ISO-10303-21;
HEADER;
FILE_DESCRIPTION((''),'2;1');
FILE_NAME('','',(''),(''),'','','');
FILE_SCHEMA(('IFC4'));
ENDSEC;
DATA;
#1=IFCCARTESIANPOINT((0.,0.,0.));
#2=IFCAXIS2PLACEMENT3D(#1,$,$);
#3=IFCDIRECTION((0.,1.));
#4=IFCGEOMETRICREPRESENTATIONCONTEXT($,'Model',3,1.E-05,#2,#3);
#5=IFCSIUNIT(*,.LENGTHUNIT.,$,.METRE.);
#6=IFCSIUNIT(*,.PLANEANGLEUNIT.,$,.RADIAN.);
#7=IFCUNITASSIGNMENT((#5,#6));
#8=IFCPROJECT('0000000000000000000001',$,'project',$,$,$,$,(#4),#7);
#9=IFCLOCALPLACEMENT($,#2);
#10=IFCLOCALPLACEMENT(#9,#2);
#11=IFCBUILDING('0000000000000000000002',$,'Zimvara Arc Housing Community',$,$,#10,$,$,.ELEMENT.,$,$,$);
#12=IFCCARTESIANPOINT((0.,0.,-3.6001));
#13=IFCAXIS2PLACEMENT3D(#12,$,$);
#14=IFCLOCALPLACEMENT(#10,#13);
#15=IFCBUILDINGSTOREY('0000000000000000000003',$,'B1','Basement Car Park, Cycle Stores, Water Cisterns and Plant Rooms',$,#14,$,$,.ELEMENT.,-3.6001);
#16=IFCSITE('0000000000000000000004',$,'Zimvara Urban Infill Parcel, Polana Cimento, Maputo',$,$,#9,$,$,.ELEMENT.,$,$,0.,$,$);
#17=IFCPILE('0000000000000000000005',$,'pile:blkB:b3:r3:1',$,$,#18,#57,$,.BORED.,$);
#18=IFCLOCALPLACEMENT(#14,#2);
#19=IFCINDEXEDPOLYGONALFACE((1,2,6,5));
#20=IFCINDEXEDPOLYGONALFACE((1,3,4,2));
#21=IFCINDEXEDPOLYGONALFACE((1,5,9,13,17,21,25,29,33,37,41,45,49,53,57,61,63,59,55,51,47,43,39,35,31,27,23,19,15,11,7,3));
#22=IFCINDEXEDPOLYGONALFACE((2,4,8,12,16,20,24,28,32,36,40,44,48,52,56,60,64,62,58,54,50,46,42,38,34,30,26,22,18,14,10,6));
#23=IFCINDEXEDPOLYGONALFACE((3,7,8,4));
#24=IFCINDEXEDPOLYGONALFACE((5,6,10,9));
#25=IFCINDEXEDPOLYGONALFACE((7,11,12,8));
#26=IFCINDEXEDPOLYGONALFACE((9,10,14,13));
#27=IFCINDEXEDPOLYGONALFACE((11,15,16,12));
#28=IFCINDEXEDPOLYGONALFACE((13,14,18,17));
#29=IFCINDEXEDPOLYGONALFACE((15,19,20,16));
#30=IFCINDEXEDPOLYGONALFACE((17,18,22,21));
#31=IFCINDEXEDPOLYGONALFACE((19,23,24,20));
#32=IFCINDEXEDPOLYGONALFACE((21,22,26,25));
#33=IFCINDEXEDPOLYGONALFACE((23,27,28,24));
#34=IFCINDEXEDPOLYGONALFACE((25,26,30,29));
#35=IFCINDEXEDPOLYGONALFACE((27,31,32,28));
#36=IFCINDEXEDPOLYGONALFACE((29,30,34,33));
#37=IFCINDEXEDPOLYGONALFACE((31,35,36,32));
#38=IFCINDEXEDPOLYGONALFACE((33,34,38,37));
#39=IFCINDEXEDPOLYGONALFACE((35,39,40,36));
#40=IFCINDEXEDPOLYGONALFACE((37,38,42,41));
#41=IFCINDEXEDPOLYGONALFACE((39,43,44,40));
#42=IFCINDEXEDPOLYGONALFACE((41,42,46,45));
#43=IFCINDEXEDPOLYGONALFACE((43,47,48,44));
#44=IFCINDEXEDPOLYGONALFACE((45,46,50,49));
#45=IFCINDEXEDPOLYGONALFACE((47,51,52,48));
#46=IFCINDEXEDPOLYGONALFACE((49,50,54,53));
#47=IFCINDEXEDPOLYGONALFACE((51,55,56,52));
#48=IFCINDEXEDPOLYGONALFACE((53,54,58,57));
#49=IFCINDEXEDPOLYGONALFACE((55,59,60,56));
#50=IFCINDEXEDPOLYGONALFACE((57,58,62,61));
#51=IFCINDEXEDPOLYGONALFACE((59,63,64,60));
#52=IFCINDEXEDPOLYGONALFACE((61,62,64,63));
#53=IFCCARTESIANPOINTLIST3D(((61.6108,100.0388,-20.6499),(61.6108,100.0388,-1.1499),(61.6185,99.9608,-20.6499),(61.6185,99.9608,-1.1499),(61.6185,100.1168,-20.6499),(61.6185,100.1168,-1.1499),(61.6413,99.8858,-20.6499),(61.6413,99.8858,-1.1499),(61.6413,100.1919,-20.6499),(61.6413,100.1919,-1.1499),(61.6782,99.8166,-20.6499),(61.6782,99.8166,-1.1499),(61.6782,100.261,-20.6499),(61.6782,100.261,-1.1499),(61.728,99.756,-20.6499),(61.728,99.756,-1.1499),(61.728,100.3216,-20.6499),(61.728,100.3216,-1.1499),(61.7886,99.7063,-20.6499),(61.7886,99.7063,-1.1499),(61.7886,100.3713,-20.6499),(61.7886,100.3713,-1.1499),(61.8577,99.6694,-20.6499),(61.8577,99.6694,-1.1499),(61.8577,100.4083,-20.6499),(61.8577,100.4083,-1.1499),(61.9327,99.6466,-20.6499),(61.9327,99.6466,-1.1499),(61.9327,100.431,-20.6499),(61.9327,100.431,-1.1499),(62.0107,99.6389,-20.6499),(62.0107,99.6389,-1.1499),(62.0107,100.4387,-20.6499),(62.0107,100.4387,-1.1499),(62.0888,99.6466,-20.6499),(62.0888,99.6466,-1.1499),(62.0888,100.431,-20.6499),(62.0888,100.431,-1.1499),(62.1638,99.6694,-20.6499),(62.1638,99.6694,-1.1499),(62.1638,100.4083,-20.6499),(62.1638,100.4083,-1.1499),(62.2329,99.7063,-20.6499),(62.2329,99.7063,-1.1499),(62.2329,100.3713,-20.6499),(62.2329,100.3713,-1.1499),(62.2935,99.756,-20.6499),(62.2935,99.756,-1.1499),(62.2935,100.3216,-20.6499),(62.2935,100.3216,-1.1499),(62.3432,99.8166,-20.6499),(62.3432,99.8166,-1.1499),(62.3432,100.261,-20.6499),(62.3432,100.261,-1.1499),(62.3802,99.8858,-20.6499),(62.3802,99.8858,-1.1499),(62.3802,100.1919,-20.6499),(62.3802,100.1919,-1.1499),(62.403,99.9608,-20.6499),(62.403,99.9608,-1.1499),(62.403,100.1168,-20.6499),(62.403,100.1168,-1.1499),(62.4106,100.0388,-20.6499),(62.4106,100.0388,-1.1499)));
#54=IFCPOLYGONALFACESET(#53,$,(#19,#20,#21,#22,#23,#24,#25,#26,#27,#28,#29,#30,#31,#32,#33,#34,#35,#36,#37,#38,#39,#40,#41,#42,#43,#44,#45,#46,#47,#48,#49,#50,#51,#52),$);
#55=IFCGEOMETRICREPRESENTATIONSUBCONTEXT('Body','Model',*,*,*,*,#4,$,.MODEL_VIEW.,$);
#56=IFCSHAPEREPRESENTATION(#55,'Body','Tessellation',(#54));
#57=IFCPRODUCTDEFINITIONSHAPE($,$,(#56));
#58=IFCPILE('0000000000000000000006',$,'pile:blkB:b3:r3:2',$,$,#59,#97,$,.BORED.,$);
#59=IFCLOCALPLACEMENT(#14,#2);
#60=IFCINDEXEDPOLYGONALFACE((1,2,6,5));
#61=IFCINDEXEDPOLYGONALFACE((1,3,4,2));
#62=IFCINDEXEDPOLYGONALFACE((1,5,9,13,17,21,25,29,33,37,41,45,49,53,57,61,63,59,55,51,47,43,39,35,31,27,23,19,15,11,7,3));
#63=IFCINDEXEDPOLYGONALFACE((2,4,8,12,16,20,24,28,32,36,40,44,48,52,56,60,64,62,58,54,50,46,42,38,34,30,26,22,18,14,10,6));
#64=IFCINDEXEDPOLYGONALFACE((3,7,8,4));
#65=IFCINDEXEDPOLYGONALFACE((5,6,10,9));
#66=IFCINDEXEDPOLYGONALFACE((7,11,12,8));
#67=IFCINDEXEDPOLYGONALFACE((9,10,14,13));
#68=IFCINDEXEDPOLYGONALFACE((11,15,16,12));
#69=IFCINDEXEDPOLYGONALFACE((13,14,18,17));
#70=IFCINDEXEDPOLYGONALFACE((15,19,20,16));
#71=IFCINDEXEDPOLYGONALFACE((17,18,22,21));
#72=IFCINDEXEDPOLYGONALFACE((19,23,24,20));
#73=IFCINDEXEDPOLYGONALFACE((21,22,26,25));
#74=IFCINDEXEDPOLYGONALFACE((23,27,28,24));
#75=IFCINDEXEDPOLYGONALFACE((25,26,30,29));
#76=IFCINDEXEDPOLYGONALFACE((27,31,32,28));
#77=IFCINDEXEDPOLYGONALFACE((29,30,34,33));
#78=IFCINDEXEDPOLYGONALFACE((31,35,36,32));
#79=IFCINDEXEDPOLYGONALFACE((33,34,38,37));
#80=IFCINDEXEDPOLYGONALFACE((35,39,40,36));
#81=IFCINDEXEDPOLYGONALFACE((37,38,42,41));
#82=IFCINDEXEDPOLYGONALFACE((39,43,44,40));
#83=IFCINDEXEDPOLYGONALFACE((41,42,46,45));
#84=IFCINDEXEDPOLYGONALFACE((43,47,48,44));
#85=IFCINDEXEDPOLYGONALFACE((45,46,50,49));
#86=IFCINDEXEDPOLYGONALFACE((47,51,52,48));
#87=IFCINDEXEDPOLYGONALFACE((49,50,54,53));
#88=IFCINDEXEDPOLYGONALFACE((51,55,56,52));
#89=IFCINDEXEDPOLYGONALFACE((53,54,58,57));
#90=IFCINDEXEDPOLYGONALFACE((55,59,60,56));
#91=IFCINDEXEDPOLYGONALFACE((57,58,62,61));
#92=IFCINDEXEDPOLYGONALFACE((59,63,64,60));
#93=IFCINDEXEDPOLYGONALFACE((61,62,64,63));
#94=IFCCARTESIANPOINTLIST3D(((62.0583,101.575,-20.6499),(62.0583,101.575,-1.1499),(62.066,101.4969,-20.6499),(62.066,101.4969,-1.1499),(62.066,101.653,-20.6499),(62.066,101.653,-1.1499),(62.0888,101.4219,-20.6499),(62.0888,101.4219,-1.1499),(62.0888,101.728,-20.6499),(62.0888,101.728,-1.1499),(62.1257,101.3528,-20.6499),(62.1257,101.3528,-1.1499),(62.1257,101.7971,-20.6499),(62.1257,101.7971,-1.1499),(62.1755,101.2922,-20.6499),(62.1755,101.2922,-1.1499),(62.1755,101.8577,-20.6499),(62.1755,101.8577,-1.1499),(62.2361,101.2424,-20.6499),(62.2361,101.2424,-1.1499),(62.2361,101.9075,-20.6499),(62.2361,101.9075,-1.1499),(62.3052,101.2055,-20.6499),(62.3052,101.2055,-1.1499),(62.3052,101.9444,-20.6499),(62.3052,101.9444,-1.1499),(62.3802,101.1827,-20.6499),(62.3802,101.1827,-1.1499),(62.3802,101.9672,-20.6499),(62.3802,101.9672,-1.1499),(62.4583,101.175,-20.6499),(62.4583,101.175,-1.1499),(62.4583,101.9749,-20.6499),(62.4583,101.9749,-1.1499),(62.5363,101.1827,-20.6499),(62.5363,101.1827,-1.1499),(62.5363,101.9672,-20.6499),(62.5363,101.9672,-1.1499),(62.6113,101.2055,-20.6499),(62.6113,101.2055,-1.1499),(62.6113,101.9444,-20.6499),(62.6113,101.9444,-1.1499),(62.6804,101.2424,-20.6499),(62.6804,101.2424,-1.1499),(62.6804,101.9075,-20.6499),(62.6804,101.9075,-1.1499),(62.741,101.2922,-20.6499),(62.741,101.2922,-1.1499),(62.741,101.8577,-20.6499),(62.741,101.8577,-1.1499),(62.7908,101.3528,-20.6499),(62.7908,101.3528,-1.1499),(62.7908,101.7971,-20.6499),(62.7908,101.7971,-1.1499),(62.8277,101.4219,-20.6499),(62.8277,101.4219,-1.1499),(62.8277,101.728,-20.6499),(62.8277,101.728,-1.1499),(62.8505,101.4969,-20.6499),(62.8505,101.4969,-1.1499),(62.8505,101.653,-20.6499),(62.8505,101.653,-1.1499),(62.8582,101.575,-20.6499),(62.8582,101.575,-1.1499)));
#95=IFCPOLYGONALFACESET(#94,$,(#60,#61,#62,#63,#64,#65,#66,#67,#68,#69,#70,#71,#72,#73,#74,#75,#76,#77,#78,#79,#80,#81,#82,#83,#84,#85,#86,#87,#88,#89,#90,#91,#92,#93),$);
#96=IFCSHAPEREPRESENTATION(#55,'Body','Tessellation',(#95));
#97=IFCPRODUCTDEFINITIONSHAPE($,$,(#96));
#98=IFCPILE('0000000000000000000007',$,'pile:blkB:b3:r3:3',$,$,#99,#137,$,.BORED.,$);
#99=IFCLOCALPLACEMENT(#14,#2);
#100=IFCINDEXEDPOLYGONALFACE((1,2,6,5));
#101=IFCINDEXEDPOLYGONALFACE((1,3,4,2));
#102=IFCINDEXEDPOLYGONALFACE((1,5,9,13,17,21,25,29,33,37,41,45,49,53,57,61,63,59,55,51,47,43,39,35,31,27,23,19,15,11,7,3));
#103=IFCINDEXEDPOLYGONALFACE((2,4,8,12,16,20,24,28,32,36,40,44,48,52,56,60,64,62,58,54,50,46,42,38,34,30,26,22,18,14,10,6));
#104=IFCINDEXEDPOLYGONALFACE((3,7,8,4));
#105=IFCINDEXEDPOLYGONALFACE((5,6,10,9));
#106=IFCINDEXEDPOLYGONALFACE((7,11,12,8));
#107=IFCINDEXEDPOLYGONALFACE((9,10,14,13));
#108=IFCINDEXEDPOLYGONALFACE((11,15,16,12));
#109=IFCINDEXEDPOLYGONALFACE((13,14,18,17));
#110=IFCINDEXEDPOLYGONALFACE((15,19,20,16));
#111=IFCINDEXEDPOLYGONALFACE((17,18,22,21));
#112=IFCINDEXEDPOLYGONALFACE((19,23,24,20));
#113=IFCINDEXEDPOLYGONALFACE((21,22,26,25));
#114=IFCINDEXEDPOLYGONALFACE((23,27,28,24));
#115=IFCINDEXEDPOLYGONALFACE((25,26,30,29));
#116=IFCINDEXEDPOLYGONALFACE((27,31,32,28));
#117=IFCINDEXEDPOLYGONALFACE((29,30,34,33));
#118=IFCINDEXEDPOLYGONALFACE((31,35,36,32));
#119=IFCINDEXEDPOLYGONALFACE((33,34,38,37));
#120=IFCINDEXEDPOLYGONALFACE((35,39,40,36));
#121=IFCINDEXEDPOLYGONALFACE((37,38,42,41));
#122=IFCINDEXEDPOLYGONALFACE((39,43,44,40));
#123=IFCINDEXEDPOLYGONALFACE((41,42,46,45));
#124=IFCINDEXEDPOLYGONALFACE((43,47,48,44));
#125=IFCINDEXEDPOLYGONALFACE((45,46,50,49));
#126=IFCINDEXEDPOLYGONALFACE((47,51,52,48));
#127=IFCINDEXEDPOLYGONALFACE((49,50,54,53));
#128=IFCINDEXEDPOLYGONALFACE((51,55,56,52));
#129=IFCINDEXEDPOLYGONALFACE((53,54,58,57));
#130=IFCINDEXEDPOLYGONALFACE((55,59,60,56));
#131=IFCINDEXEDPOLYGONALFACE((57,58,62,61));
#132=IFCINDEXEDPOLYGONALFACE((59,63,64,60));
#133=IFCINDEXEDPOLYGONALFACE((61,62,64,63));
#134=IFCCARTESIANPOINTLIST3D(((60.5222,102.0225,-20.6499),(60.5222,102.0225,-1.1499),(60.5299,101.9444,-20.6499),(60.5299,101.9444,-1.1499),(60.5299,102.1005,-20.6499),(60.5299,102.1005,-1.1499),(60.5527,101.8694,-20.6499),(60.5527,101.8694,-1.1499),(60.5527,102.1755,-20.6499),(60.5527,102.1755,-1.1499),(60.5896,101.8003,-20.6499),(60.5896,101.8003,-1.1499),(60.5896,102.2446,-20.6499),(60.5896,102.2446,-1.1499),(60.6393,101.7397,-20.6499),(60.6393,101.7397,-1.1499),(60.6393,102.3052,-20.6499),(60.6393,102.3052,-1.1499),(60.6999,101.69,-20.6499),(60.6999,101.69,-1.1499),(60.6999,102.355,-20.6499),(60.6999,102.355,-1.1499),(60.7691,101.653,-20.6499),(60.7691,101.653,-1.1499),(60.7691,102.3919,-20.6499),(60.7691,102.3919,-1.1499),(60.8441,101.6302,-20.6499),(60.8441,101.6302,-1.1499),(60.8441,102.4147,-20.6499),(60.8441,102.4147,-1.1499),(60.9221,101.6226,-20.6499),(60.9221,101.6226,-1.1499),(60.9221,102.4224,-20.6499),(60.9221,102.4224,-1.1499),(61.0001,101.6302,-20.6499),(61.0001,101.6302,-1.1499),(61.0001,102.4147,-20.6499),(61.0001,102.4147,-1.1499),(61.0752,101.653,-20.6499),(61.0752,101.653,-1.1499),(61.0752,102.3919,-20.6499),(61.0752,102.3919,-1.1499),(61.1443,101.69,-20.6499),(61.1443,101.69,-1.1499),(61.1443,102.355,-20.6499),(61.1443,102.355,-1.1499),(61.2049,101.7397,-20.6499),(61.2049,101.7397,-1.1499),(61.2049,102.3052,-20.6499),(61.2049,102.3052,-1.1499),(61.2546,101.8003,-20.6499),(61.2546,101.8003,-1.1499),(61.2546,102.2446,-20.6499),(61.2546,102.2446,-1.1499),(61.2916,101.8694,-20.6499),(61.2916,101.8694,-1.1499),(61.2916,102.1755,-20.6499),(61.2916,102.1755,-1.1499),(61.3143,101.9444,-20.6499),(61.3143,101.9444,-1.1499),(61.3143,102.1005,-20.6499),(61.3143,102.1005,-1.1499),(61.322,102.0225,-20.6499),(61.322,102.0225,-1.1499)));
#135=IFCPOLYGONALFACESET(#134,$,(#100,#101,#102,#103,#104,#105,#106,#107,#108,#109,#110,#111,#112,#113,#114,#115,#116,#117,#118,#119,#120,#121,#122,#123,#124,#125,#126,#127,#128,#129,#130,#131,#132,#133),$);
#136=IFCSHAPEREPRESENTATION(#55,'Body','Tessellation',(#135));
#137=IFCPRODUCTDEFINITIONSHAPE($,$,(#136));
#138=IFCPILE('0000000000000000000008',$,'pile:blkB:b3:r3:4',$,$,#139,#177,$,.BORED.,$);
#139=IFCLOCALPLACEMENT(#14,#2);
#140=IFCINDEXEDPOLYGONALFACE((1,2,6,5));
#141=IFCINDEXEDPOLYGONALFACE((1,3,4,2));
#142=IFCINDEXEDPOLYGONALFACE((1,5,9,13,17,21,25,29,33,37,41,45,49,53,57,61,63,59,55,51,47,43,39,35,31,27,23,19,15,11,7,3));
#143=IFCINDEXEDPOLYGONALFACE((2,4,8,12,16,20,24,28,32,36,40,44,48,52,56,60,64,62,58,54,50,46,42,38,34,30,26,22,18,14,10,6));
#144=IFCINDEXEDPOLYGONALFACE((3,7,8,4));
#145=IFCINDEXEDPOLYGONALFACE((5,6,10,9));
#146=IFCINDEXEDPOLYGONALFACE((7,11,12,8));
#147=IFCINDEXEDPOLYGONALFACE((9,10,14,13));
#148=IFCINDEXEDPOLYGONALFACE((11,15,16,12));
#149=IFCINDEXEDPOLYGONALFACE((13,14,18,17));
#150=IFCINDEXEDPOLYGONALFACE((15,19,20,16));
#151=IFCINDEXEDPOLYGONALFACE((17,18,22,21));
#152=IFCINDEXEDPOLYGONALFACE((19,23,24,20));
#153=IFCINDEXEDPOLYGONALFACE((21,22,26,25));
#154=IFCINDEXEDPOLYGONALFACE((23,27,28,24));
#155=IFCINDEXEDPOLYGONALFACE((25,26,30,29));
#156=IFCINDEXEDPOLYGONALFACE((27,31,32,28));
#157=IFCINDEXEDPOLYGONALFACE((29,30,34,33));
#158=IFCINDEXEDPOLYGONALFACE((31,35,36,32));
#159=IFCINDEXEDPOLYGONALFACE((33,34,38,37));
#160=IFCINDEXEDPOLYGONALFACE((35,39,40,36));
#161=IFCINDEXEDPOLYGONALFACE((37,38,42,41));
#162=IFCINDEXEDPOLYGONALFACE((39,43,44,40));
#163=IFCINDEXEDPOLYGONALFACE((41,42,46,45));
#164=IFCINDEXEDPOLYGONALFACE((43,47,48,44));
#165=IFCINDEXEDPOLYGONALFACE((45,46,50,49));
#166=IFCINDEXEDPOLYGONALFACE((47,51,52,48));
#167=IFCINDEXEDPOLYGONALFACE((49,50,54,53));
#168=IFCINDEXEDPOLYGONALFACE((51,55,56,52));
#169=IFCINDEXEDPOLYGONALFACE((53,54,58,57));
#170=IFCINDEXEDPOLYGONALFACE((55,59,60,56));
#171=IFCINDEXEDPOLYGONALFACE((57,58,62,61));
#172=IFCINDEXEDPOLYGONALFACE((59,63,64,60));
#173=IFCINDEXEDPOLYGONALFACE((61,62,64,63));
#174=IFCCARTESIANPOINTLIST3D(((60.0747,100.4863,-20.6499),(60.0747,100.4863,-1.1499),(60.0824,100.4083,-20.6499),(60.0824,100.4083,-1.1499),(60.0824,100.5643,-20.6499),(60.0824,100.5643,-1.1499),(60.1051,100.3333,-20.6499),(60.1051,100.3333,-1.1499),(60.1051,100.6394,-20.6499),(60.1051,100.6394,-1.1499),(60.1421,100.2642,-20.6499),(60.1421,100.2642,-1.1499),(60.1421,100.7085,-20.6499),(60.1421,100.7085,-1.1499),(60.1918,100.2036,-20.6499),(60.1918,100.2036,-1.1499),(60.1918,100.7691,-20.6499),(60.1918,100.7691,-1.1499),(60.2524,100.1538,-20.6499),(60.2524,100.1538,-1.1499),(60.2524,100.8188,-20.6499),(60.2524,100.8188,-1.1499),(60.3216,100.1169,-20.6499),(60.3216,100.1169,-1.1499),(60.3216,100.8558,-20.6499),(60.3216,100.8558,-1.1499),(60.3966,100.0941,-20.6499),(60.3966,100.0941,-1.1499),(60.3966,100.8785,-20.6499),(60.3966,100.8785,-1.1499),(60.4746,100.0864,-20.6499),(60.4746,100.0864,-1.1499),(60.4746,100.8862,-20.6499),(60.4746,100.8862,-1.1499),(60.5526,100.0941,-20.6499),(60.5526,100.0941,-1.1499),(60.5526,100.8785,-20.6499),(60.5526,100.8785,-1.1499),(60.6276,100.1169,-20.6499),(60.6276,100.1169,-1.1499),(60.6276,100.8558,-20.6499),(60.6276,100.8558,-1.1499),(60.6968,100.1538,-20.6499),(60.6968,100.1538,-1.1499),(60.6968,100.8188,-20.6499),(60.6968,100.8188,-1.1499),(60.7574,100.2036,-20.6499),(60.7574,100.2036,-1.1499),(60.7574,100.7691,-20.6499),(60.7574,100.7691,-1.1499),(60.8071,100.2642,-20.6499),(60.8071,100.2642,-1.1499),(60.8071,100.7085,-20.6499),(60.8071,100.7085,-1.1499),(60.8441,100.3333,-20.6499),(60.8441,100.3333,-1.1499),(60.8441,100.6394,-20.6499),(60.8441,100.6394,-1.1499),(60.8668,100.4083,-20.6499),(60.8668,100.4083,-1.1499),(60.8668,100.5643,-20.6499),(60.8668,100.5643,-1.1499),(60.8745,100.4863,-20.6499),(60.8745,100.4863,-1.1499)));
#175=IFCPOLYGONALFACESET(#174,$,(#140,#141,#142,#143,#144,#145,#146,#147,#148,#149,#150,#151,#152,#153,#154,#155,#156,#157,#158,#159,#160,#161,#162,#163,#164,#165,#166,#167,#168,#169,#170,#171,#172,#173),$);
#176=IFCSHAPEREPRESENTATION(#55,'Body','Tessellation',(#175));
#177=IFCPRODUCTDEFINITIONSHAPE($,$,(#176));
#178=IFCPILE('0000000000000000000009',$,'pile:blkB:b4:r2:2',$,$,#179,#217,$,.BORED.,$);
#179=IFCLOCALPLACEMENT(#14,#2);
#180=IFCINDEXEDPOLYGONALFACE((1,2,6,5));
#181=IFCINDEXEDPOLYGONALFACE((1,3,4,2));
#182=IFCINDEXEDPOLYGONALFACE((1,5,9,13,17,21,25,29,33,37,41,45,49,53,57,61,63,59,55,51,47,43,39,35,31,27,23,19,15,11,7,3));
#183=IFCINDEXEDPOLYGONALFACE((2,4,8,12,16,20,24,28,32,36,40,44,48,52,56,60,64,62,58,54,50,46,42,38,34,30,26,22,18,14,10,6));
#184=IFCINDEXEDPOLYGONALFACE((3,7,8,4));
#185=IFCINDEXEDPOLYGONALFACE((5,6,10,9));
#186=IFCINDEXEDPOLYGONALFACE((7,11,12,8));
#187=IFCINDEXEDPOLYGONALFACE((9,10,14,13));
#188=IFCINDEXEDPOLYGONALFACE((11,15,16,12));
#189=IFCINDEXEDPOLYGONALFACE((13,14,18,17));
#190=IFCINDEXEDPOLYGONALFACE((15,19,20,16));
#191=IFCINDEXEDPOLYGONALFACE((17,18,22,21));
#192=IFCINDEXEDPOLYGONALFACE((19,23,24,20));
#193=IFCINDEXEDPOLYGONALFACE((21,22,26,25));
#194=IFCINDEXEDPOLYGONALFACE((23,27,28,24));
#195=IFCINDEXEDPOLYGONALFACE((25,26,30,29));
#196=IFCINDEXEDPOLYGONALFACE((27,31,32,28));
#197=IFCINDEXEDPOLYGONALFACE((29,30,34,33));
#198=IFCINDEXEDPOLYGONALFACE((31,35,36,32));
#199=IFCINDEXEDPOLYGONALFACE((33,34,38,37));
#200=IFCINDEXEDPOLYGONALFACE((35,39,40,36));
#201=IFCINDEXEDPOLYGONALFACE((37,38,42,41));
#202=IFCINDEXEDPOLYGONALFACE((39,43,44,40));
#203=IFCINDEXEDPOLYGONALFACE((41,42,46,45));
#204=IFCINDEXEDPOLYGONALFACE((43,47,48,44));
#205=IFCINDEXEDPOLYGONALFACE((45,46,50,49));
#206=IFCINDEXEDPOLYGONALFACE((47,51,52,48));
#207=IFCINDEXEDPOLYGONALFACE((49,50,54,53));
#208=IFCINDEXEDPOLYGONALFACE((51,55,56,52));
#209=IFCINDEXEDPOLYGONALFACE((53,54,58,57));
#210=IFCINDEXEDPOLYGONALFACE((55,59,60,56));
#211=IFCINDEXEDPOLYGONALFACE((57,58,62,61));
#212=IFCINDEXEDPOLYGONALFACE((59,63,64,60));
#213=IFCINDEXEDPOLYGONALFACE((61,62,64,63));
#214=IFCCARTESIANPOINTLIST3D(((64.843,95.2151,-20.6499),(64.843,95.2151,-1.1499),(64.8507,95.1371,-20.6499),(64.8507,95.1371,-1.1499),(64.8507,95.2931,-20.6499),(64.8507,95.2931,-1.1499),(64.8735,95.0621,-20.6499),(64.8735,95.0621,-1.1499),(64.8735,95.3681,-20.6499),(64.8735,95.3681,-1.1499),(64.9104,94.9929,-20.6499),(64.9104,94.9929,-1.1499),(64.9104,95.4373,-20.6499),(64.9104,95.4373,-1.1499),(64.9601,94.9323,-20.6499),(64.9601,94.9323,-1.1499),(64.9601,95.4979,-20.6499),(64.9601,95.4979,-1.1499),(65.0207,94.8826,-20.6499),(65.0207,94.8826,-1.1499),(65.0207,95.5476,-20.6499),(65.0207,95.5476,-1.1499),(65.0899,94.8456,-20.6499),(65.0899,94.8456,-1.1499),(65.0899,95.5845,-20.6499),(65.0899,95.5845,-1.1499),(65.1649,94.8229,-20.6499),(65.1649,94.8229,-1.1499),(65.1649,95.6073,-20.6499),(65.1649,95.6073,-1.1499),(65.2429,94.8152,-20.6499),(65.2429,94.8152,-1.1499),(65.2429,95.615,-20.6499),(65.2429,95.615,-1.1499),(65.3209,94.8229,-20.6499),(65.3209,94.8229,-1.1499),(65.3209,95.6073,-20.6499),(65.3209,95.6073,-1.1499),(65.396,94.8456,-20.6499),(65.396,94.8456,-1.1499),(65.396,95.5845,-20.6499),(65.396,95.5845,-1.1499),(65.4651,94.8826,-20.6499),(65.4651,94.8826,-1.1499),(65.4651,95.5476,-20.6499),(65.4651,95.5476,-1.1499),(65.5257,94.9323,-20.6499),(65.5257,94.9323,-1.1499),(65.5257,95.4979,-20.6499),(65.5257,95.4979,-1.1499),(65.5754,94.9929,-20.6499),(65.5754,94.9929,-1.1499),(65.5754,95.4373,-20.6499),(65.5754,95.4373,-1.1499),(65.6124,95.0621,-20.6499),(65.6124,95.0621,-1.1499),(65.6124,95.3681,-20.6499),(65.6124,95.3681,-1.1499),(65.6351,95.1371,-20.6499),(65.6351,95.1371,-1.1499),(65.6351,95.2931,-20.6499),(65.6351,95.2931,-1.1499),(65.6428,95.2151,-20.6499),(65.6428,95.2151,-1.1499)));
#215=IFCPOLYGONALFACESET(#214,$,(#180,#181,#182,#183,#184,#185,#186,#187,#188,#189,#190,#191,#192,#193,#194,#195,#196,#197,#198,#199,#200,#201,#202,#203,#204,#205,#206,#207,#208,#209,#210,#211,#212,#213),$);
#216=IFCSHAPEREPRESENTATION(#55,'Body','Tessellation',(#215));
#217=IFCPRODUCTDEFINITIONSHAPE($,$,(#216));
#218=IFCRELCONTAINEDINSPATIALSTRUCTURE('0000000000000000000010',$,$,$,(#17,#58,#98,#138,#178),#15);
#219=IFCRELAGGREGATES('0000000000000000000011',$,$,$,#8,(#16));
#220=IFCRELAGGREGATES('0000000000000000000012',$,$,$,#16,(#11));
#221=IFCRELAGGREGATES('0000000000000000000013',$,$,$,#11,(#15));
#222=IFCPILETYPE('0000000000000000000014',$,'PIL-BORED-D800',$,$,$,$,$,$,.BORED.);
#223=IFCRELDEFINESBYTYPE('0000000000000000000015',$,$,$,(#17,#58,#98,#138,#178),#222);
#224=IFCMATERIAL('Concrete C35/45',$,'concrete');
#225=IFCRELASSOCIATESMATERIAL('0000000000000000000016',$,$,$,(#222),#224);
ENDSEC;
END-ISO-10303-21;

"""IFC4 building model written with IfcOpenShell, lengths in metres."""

from ifc_helpers import new_model, si_unit, direction, frame, origin, origin_2d, place, context, subcontext, project, spatial, circle, extrude, material, material_profile, profile_set, type_object, element, save


model = new_model("IFC4")

# Units and contexts
model_context = context("Model", 3, precision=1e-05, world=origin(), true_north=direction((0.0, 1.0)))
body_context = subcontext(model_context, "Body", "Model", "MODEL_VIEW")
ifc_project = project(units=[si_unit("LENGTHUNIT", "METRE"), si_unit("PLANEANGLEUNIT", "RADIAN")], contexts=[model_context])

# Site, building, storey
site_placement = place(None, origin())
site = spatial("IfcSite", under=ifc_project, at=site_placement, Name="Zimvara Urban Infill Parcel, Polana Cimento, Maputo", CompositionType="ELEMENT", RefElevation=0.0)
building_placement = place(site_placement, origin())
building = spatial("IfcBuilding", under=site, at=building_placement, Name="Zimvara Arc Housing Community", CompositionType="ELEMENT")
storey_placement = place(building_placement, frame((0.0, 0.0, -3.6001)))
storey = spatial("IfcBuildingStorey", under=building, at=storey_placement, Name="B1", Description="Basement Car Park, Cycle Stores, Water Cisterns and Plant Rooms", CompositionType="ELEMENT", Elevation=-3.6001)

# Piles
ifc_material_1 = material(Name="Concrete C35/45", Category="concrete")
ifc_material_profile_1 = material_profile(ifc_material_1, circle(Radius=0.3999, at=origin_2d()), Name="PILE D800")
ifc_profile_set_1 = profile_set([ifc_material_profile_1], Name="Concrete C35/45")
pile_type = type_object("IfcPileType", Name="PIL-BORED-D800", PredefinedType="BORED", material=ifc_profile_set_1)
for number, where, z_axis, x_axis, name in (
    (1, (62.0107, 100.0388, -1.1499), (0.0, 0.0, -1.0), (1.0, 0.0, 0.0), "pile:blkB:b3:r3:1"),
    (2, (62.4583, 101.575, -1.1499), (0.0, 0.0, -1.0), (1.0, 0.0, 0.0), "pile:blkB:b3:r3:2"),
    (3, (60.9221, 102.0225, -1.1499), (0.0, 0.0, -1.0), (1.0, 0.0, 0.0), "pile:blkB:b3:r3:3"),
    (4, (60.4746, 100.4863, -1.1499), (0.0, 0.0, -1.0), (1.0, 0.0, 0.0), "pile:blkB:b3:r3:4"),
    (5, (65.2429, 95.2151, -1.1499), (0.0, 0.0, -1.0), (1.0, 0.0, 0.0), "pile:blkB:b4:r2:2"),
):
    element("IfcPile", number, at=place(storey_placement, frame(where, z_axis=z_axis, x_axis=x_axis)), inside=storey, type_object=pile_type, Name=name, PredefinedType="BORED", context=body_context, shape_type="SweptSolid", body=[
        extrude(circle(Radius=0.3999, at=origin_2d()), origin(), (0.0, 0.0, 1.0), 19.5),
    ])

save(model, "model.ifc")
